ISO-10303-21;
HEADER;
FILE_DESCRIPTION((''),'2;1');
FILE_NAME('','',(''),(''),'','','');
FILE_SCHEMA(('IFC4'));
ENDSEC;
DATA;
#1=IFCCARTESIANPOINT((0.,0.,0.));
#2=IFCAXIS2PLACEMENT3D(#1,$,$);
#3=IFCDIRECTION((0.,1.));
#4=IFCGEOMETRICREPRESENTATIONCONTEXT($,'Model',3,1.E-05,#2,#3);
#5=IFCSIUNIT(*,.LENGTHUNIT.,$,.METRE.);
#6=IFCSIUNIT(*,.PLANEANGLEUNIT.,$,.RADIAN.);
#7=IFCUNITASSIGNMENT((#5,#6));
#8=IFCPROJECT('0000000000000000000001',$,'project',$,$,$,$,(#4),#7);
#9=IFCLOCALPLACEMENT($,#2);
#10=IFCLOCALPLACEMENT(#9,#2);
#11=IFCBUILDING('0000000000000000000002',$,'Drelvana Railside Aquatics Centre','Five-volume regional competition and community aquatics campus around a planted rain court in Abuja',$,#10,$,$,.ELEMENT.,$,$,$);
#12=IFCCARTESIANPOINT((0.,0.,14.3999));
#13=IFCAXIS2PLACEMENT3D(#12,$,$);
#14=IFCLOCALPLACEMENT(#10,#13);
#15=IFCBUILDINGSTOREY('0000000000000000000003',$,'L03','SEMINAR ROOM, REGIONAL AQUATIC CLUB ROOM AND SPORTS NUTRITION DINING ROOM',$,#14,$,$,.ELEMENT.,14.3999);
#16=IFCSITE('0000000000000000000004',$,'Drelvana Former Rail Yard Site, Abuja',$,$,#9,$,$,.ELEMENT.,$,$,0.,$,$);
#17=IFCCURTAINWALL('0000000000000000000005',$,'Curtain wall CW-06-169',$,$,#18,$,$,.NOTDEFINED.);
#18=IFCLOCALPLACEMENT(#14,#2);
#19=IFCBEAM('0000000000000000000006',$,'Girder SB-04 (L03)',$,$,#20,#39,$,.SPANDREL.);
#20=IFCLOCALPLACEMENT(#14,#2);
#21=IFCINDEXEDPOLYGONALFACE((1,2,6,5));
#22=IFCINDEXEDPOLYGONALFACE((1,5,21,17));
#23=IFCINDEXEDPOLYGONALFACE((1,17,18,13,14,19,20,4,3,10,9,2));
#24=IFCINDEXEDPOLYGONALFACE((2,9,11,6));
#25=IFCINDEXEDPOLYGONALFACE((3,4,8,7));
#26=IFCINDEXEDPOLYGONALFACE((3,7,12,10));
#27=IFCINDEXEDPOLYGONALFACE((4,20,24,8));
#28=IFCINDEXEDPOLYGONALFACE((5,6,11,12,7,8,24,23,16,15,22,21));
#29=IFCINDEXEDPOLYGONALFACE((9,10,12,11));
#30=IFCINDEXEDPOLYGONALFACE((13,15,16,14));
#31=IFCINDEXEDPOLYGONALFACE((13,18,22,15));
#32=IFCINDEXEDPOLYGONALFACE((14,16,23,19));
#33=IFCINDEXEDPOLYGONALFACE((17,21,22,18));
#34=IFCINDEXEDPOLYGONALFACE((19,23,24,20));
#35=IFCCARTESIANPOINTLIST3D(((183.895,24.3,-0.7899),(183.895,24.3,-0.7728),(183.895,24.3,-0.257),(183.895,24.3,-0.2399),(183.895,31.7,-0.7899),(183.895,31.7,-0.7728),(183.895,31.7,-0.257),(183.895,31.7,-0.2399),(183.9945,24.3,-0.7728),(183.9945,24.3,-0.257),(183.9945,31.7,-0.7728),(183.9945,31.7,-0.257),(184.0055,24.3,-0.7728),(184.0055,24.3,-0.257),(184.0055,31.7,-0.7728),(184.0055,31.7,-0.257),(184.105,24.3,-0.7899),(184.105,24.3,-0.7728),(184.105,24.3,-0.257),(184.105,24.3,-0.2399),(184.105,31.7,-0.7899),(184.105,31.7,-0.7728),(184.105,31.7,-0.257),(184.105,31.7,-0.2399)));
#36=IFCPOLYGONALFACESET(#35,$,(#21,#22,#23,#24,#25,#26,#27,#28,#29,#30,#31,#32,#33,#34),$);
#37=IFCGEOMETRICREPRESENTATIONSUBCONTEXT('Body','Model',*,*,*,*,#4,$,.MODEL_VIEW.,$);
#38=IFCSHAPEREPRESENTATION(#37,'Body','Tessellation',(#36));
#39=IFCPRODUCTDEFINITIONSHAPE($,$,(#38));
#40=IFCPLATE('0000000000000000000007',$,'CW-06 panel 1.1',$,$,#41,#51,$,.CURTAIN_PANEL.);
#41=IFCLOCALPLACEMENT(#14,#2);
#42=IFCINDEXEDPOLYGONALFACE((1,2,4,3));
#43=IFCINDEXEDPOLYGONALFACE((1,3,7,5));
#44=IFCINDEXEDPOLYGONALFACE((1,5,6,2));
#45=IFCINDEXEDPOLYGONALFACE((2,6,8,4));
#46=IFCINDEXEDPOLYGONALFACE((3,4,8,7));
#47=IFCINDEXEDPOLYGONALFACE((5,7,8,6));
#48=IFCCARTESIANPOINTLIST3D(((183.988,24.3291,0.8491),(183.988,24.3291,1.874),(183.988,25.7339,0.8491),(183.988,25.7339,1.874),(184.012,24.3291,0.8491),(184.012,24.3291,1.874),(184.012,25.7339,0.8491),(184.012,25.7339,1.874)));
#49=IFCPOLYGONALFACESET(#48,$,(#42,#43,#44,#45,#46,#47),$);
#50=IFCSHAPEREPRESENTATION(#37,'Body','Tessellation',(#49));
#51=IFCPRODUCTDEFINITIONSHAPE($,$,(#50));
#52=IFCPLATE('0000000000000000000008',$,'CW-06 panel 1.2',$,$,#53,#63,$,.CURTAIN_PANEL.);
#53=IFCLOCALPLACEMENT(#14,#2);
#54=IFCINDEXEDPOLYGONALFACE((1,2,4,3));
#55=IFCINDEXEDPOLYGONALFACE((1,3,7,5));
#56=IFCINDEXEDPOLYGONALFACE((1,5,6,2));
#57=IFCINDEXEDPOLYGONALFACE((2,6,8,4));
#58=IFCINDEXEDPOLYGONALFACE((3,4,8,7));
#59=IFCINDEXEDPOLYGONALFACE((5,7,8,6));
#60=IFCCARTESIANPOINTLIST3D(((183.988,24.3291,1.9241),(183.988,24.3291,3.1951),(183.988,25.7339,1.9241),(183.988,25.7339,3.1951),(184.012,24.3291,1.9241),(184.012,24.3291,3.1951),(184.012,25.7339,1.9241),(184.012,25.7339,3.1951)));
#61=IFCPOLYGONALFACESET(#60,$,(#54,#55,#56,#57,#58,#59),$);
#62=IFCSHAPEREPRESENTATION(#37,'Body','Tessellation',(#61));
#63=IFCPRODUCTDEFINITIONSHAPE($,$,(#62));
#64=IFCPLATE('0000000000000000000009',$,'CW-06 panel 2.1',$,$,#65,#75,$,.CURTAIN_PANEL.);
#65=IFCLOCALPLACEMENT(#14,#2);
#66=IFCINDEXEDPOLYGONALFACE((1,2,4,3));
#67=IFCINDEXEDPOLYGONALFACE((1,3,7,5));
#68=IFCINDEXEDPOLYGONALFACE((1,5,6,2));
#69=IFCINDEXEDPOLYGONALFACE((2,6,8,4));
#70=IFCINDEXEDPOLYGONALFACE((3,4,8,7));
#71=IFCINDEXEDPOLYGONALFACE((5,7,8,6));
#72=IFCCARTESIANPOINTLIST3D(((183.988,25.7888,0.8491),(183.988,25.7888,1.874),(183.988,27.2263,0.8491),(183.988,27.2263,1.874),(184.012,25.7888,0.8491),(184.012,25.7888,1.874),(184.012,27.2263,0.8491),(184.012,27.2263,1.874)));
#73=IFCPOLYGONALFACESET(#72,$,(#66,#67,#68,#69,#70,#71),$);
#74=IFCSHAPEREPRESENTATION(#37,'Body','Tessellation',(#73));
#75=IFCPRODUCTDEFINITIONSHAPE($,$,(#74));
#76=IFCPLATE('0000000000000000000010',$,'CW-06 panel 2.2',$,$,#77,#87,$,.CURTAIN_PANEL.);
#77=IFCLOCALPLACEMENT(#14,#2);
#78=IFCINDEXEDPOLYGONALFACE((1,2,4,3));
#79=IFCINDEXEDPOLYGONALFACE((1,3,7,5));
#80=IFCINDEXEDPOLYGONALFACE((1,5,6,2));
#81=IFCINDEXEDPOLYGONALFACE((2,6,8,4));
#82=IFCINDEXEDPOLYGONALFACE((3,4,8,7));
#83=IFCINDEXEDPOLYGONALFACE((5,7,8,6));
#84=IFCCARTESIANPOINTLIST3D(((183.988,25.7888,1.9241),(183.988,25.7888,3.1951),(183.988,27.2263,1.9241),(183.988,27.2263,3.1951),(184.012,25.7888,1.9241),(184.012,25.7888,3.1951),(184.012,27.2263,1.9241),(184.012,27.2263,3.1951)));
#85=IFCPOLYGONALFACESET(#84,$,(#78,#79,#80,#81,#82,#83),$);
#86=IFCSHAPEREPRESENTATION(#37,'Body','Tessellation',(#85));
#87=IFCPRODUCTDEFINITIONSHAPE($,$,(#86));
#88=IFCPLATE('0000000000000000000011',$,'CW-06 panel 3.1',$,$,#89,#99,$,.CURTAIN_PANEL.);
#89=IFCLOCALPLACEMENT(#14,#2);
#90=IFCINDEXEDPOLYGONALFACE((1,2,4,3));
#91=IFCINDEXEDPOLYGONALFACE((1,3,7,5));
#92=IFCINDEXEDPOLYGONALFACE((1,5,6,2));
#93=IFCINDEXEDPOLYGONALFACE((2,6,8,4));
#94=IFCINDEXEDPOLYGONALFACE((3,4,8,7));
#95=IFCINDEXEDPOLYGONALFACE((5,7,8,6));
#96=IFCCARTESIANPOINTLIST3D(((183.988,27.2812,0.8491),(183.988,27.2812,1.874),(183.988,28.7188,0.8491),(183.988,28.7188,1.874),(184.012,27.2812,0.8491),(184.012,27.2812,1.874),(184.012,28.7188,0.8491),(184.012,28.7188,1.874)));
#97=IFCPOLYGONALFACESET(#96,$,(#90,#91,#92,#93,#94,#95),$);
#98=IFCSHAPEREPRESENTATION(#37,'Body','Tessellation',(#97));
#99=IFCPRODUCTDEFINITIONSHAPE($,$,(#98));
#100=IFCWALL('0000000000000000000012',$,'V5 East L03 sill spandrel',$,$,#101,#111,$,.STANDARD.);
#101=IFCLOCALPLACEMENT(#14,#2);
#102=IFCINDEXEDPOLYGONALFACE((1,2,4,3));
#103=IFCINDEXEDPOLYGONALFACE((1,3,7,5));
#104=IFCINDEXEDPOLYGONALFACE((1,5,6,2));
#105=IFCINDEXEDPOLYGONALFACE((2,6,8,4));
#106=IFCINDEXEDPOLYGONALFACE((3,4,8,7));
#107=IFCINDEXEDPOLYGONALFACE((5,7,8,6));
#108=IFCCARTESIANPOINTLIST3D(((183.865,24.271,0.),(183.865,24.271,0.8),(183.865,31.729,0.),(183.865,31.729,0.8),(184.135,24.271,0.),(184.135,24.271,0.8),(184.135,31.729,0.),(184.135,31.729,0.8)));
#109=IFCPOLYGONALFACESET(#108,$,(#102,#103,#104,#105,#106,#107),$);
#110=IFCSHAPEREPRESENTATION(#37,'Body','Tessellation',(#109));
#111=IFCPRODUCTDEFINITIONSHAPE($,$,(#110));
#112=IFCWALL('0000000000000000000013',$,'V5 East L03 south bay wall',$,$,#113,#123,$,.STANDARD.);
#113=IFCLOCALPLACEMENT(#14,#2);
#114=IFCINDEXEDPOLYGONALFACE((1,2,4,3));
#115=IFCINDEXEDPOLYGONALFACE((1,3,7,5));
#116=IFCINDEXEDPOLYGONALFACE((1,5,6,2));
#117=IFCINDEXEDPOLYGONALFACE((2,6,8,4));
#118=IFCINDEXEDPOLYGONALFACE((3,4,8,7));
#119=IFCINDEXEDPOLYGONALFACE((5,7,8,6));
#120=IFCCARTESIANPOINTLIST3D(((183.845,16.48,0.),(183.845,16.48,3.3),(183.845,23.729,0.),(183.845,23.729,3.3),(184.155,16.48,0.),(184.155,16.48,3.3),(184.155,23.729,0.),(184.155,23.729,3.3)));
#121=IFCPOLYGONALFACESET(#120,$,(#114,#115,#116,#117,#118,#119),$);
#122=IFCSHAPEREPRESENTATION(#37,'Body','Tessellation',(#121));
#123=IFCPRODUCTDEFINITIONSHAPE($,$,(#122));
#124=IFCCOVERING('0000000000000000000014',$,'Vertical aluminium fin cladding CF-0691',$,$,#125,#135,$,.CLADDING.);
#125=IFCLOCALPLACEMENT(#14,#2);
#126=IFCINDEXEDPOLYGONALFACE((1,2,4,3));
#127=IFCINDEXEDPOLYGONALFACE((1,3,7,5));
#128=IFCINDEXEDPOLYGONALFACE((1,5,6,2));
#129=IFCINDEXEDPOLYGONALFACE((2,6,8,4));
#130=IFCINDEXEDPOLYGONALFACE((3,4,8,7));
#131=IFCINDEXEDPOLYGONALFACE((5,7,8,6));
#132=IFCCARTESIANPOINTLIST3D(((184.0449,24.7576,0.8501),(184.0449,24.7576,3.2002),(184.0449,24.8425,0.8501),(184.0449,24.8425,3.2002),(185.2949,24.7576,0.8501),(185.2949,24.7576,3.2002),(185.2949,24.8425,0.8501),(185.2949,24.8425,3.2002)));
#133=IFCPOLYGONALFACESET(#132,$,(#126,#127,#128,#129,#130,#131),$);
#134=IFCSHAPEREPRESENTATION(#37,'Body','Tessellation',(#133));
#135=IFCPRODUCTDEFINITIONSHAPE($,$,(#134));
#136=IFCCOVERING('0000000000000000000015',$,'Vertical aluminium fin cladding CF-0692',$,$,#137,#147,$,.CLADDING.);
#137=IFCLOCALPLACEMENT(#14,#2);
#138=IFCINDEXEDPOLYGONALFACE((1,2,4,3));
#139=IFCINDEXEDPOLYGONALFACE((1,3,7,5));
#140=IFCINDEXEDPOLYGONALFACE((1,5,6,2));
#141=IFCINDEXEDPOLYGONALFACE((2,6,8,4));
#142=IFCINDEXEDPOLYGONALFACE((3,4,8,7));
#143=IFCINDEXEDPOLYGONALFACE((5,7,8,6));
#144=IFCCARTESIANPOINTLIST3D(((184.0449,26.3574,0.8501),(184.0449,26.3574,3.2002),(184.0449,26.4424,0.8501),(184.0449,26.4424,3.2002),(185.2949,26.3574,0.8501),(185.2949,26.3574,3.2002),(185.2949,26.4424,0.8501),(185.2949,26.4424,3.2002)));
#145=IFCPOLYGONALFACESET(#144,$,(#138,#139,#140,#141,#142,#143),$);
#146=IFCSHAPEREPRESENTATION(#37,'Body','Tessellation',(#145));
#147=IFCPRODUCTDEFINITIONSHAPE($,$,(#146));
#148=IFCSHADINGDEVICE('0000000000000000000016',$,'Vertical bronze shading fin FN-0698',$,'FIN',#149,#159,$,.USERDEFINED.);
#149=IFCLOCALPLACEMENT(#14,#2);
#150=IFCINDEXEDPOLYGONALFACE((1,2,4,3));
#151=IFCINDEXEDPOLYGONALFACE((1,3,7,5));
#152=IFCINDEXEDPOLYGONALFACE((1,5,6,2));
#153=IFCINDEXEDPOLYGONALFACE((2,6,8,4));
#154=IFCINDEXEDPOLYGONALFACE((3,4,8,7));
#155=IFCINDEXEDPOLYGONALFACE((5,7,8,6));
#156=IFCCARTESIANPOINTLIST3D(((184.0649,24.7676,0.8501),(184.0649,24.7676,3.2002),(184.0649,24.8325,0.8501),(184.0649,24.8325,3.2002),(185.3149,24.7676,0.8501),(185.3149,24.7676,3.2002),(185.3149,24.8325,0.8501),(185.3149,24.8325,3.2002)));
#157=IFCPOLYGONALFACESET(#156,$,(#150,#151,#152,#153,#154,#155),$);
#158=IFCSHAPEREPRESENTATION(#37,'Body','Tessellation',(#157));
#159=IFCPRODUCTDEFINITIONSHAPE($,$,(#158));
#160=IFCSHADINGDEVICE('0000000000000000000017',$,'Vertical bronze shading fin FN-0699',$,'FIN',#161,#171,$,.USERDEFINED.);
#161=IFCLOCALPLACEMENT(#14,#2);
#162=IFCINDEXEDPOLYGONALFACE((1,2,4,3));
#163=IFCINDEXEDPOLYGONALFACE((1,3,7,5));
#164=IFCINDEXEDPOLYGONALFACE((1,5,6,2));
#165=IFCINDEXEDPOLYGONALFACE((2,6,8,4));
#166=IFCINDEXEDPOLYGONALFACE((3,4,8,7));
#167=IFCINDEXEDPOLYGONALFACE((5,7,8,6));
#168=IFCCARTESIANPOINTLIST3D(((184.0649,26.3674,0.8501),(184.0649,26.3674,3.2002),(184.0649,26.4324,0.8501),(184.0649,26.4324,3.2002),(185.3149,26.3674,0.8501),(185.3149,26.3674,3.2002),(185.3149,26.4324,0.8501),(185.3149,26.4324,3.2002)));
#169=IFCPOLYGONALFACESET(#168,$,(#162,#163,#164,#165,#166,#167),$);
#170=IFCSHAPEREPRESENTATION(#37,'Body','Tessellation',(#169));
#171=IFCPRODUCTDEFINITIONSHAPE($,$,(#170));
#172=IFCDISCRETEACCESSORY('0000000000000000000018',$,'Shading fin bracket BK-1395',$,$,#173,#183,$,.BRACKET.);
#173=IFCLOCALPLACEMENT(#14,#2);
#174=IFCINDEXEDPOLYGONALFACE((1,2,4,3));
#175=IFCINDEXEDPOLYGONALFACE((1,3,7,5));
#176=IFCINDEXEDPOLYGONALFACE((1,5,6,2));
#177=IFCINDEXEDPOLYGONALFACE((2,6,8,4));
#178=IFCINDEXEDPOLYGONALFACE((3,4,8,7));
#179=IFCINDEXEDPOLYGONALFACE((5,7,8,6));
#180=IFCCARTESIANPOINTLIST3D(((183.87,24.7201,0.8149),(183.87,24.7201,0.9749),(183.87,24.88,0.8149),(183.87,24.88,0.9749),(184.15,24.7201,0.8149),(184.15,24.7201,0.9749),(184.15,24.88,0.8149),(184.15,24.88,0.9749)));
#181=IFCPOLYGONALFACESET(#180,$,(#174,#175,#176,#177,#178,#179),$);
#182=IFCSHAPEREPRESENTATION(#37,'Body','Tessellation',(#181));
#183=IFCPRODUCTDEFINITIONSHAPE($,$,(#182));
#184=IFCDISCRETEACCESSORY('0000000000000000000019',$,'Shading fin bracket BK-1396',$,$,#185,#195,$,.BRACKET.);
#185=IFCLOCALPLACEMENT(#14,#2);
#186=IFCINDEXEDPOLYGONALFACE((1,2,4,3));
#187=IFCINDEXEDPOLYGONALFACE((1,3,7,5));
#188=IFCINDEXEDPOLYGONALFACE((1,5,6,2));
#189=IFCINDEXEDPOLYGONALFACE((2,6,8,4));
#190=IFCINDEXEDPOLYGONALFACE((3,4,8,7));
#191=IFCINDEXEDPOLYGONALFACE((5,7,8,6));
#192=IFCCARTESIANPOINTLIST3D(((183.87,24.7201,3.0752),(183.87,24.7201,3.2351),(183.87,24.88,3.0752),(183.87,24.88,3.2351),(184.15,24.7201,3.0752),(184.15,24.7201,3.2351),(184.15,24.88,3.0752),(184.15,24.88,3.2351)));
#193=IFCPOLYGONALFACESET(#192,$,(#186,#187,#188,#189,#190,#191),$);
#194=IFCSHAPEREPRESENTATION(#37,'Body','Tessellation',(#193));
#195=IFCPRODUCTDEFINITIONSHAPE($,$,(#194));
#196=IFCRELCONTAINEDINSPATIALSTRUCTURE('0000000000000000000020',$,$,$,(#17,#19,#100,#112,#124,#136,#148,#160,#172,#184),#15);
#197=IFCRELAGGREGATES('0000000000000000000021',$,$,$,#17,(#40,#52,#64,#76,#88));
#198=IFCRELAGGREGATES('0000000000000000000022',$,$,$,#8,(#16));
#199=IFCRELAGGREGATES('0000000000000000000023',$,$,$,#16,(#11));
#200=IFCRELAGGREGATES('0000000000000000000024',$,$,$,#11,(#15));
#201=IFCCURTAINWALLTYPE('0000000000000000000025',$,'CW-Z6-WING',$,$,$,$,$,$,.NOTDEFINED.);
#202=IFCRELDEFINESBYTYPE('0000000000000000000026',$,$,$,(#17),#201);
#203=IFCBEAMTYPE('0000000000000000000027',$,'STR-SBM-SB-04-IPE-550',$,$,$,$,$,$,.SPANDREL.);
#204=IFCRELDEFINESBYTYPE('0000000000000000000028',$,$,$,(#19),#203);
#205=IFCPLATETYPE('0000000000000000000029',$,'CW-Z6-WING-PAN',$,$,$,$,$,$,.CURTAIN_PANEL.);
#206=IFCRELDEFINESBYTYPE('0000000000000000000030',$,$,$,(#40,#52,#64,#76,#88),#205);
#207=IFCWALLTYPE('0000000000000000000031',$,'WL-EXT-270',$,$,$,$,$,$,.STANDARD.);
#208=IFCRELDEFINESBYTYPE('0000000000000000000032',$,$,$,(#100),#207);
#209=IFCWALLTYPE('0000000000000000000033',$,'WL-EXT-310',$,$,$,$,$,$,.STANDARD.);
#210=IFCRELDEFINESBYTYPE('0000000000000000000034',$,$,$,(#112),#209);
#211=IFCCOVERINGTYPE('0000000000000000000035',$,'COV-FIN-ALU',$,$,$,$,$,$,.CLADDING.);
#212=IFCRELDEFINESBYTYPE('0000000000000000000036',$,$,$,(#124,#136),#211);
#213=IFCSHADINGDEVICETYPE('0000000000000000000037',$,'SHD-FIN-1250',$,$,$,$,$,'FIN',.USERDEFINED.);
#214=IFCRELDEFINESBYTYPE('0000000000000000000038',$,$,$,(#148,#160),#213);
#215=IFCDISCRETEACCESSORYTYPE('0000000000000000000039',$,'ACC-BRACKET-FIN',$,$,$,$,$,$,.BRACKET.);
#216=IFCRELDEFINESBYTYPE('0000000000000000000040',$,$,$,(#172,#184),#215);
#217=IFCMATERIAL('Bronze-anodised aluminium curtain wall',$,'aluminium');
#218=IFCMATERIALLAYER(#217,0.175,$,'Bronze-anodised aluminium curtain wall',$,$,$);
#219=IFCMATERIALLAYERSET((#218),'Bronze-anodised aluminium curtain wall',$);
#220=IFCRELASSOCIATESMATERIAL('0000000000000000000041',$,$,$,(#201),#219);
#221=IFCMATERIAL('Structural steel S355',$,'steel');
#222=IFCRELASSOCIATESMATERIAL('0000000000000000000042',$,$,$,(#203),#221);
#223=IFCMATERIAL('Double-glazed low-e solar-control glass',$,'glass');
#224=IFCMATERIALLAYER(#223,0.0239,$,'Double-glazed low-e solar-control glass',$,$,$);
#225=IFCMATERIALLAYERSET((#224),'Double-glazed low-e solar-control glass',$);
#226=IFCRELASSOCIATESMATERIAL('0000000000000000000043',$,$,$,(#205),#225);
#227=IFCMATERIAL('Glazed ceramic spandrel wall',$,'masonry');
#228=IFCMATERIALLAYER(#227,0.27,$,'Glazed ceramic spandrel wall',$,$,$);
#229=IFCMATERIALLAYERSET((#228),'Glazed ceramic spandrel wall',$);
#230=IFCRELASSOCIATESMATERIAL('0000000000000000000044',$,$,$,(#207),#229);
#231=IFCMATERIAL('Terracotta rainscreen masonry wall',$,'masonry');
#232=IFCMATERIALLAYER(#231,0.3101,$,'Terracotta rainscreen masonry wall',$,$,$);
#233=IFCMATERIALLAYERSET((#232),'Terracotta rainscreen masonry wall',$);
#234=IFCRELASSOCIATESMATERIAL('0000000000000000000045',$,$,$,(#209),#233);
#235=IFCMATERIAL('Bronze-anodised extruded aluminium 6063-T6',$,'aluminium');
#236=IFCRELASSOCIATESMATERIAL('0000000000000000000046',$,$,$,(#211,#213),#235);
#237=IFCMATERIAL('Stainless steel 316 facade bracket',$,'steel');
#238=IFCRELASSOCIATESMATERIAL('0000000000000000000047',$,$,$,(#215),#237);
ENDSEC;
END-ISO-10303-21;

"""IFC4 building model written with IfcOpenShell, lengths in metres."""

from ifc_helpers import new_model, si_unit, direction, frame, frame_2d, origin, origin_2d, place, context, subcontext, project, spatial, rectangle, i_section, extrude, material, layer, layer_set, material_profile, profile_set, type_object, element, aggregate, save


model = new_model("IFC4")

# Units and contexts
model_context = context("Model", 3, precision=1e-05, world=origin(), true_north=direction((0.0, 1.0)))
body_context = subcontext(model_context, "Body", "Model", "MODEL_VIEW")
ifc_project = project(units=[si_unit("LENGTHUNIT", "METRE"), si_unit("PLANEANGLEUNIT", "RADIAN")], contexts=[model_context])

# Site, building, storey
site_placement = place(None, origin())
site = spatial("IfcSite", under=ifc_project, at=site_placement, Name="Drelvana Former Rail Yard Site, Abuja", CompositionType="ELEMENT", RefElevation=0.0)
building_placement = place(site_placement, origin())
building = spatial("IfcBuilding", under=site, at=building_placement, Name="Drelvana Railside Aquatics Centre", Description="Five-volume regional competition and community aquatics campus around a planted rain court in Abuja", CompositionType="ELEMENT")
storey_placement = place(building_placement, frame((0.0, 0.0, 14.3999)))
storey = spatial("IfcBuildingStorey", under=building, at=storey_placement, Name="L03", Description="SEMINAR ROOM, REGIONAL AQUATIC CLUB ROOM AND SPORTS NUTRITION DINING ROOM", CompositionType="ELEMENT", Elevation=14.3999)

# Curtain wall
ifc_material_1 = material(Name="Bronze-anodised aluminium curtain wall", Category="aluminium")
ifc_layer_1 = layer(ifc_material_1, 0.175, Name="Bronze-anodised aluminium curtain wall")
ifc_layer_set_1 = layer_set([ifc_layer_1], Name="Bronze-anodised aluminium curtain wall")
curtain_wall_type = type_object("IfcCurtainWallType", Name="CW-Z6-WING", PredefinedType="NOTDEFINED", material=ifc_layer_set_1)
curtain_wall_placement = place(storey_placement, origin())
curtain_wall = element("IfcCurtainWall", 1, at=curtain_wall_placement, inside=storey, type_object=curtain_wall_type, Name="Curtain wall CW-06-169", PredefinedType="NOTDEFINED")

# Beam
ifc_material_2 = material(Name="Structural steel S355", Category="steel")
ifc_material_profile_1 = material_profile(ifc_material_2, i_section(OverallWidth=0.21, OverallDepth=0.55, WebThickness=0.011, FlangeThickness=0.0171, at=origin_2d()), Name="IPE 550")
ifc_profile_set_1 = profile_set([ifc_material_profile_1], Name="Structural steel S355")
beam_type = type_object("IfcBeamType", Name="STR-SBM-SB-04-IPE-550", PredefinedType="SPANDREL", material=ifc_profile_set_1)
beam_placement = place(storey_placement, frame((184.0, 24.3, -0.5149), z_axis=(0.0, 1.0, 0.0), x_axis=(-1.0, 0.0, 0.0)))
element("IfcBeam", 2, at=beam_placement, inside=storey, type_object=beam_type, Name="Girder SB-04 (L03)", PredefinedType="SPANDREL", context=body_context, shape_type="SweptSolid", body=[
    extrude(i_section(OverallWidth=0.21, OverallDepth=0.55, WebThickness=0.011, FlangeThickness=0.0171, at=origin_2d()), origin(), (0.0, 0.0, 1.0), 7.3999),
])

# Plates
ifc_material_3 = material(Name="Double-glazed low-e solar-control glass", Category="glass")
ifc_layer_2 = layer(ifc_material_3, 0.0239, Name="Double-glazed low-e solar-control glass")
ifc_layer_set_2 = layer_set([ifc_layer_2], Name="Double-glazed low-e solar-control glass")
plate_type = type_object("IfcPlateType", Name="CW-Z6-WING-PAN", PredefinedType="CURTAIN_PANEL", material=ifc_layer_set_2)
plate_1_placement = place(storey_placement, frame((184.0, 25.0315, 0.8491), z_axis=(0.0, 0.0, 1.0), x_axis=(0.0, 1.0, 0.0)))
plate_1 = element("IfcPlate", 3, at=plate_1_placement, type_object=plate_type, Name="CW-06 panel 1.1", PredefinedType="CURTAIN_PANEL", context=body_context, shape_type="SweptSolid", body=[
    extrude(rectangle(XDim=1.4048, YDim=0.0239, at=origin_2d()), origin(), (0.0, 0.0, 1.0), 1.0249),
])
plate_2_placement = place(storey_placement, frame((184.0, 25.0315, 1.9241), z_axis=(0.0, 0.0, 1.0), x_axis=(0.0, 1.0, 0.0)))
plate_2 = element("IfcPlate", 4, at=plate_2_placement, type_object=plate_type, Name="CW-06 panel 1.2", PredefinedType="CURTAIN_PANEL", context=body_context, shape_type="SweptSolid", body=[
    extrude(rectangle(XDim=1.4048, YDim=0.0239, at=origin_2d()), origin(), (0.0, 0.0, 1.0), 1.271),
])
plate_3_placement = place(storey_placement, frame((184.0, 26.5076, 0.8491), z_axis=(0.0, 0.0, 1.0), x_axis=(0.0, 1.0, 0.0)))
plate_3 = element("IfcPlate", 5, at=plate_3_placement, type_object=plate_type, Name="CW-06 panel 2.1", PredefinedType="CURTAIN_PANEL", context=body_context, shape_type="SweptSolid", body=[
    extrude(rectangle(XDim=1.4375, YDim=0.0239, at=origin_2d()), origin(), (0.0, 0.0, 1.0), 1.0249),
])
plate_4_placement = place(storey_placement, frame((184.0, 26.5076, 1.9241), z_axis=(0.0, 0.0, 1.0), x_axis=(0.0, 1.0, 0.0)))
plate_4 = element("IfcPlate", 6, at=plate_4_placement, type_object=plate_type, Name="CW-06 panel 2.2", PredefinedType="CURTAIN_PANEL", context=body_context, shape_type="SweptSolid", body=[
    extrude(rectangle(XDim=1.4375, YDim=0.0239, at=origin_2d()), origin(), (0.0, 0.0, 1.0), 1.271),
])
plate_5_placement = place(storey_placement, frame((184.0, 28.0, 0.8491), z_axis=(0.0, 0.0, 1.0), x_axis=(0.0, 1.0, 0.0)))
plate_5 = element("IfcPlate", 7, at=plate_5_placement, type_object=plate_type, Name="CW-06 panel 3.1", PredefinedType="CURTAIN_PANEL", context=body_context, shape_type="SweptSolid", body=[
    extrude(rectangle(XDim=1.4375, YDim=0.0239, at=origin_2d()), origin(), (0.0, 0.0, 1.0), 1.0249),
])
aggregate(curtain_wall, [plate_1, plate_2, plate_3, plate_4, plate_5])

# Walls
ifc_material_4 = material(Name="Glazed ceramic spandrel wall", Category="masonry")
ifc_layer_3 = layer(ifc_material_4, 0.27, Name="Glazed ceramic spandrel wall")
ifc_layer_set_3 = layer_set([ifc_layer_3], Name="Glazed ceramic spandrel wall")
wall_type_1 = type_object("IfcWallType", Name="WL-EXT-270", PredefinedType="STANDARD", material=ifc_layer_set_3)
wall_1_placement = place(storey_placement, frame((184.0, 24.271, 0.0), z_axis=(0.0, 0.0, 1.0), x_axis=(0.0, 1.0, 0.0)))
element("IfcWall", 8, at=wall_1_placement, inside=storey, type_object=wall_type_1, Name="V5 East L03 sill spandrel", PredefinedType="STANDARD", context=body_context, shape_type="SweptSolid", body=[
    extrude(rectangle(XDim=7.458, YDim=0.27, at=frame_2d((3.729, 0.0))), origin(), (0.0, 0.0, 1.0), 0.8),
])
ifc_material_5 = material(Name="Terracotta rainscreen masonry wall", Category="masonry")
ifc_layer_4 = layer(ifc_material_5, 0.3101, Name="Terracotta rainscreen masonry wall")
ifc_layer_set_4 = layer_set([ifc_layer_4], Name="Terracotta rainscreen masonry wall")
wall_type_2 = type_object("IfcWallType", Name="WL-EXT-310", PredefinedType="STANDARD", material=ifc_layer_set_4)
wall_2_placement = place(storey_placement, frame((184.0, 16.48, 0.0), z_axis=(0.0, 0.0, 1.0), x_axis=(0.0, 1.0, 0.0)))
element("IfcWall", 9, at=wall_2_placement, inside=storey, type_object=wall_type_2, Name="V5 East L03 south bay wall", PredefinedType="STANDARD", context=body_context, shape_type="SweptSolid", body=[
    extrude(rectangle(XDim=7.249, YDim=0.3101, at=frame_2d((3.6245, 0.0))), origin(), (0.0, 0.0, 1.0), 3.3),
])

# Coverings
ifc_material_6 = material(Name="Bronze-anodised extruded aluminium 6063-T6", Category="aluminium")
covering_type = type_object("IfcCoveringType", Name="COV-FIN-ALU", PredefinedType="CLADDING", material=ifc_material_6)
for number, where, z_axis, x_axis, name in (
    (10, (184.6699, 24.8, 0.8501), (0.0, 0.0, 1.0), (0.0, -1.0, 0.0), "Vertical aluminium fin cladding CF-0691"),
    (11, (184.6699, 26.3999, 0.8501), (0.0, 0.0, 1.0), (0.0, -1.0, 0.0), "Vertical aluminium fin cladding CF-0692"),
):
    element("IfcCovering", number, at=place(storey_placement, frame(where, z_axis=z_axis, x_axis=x_axis)), inside=storey, type_object=covering_type, Name=name, PredefinedType="CLADDING", context=body_context, shape_type="SweptSolid", body=[
        extrude(rectangle(XDim=0.085, YDim=1.25, at=origin_2d()), origin(), (0.0, 0.0, 1.0), 2.3501),
    ])

# Shading devices
shading_device_type = type_object("IfcShadingDeviceType", Name="SHD-FIN-1250", ElementType="FIN", PredefinedType="USERDEFINED", material=ifc_material_6)
for number, where, z_axis, x_axis, name in (
    (12, (184.6899, 24.8, 0.8501), (0.0, 0.0, 1.0), (1.0, 0.0, 0.0), "Vertical bronze shading fin FN-0698"),
    (13, (184.6899, 26.3999, 0.8501), (0.0, 0.0, 1.0), (1.0, 0.0, 0.0), "Vertical bronze shading fin FN-0699"),
):
    element("IfcShadingDevice", number, at=place(storey_placement, frame(where, z_axis=z_axis, x_axis=x_axis)), inside=storey, type_object=shading_device_type, Name=name, ObjectType="FIN", PredefinedType="USERDEFINED", context=body_context, shape_type="SweptSolid", body=[
        extrude(rectangle(XDim=1.25, YDim=0.0649, at=origin_2d()), origin(), (0.0, 0.0, 1.0), 2.3501),
    ])

# Discrete accessories
ifc_material_7 = material(Name="Stainless steel 316 facade bracket", Category="steel")
discrete_accessory_type = type_object("IfcDiscreteAccessoryType", Name="ACC-BRACKET-FIN", PredefinedType="BRACKET", material=ifc_material_7)
for number, where, z_axis, x_axis, name in (
    (14, (184.01, 24.8, 0.8149), (0.0, 0.0, 1.0), (1.0, 0.0, 0.0), "Shading fin bracket BK-1395"),
    (15, (184.01, 24.8, 3.0752), (0.0, 0.0, 1.0), (1.0, 0.0, 0.0), "Shading fin bracket BK-1396"),
):
    element("IfcDiscreteAccessory", number, at=place(storey_placement, frame(where, z_axis=z_axis, x_axis=x_axis)), inside=storey, type_object=discrete_accessory_type, Name=name, PredefinedType="BRACKET", context=body_context, shape_type="SweptSolid", body=[
        extrude(rectangle(XDim=0.28, YDim=0.1599, at=origin_2d()), origin(), (0.0, 0.0, 1.0), 0.1599),
    ])

save(model, "model.ifc")
